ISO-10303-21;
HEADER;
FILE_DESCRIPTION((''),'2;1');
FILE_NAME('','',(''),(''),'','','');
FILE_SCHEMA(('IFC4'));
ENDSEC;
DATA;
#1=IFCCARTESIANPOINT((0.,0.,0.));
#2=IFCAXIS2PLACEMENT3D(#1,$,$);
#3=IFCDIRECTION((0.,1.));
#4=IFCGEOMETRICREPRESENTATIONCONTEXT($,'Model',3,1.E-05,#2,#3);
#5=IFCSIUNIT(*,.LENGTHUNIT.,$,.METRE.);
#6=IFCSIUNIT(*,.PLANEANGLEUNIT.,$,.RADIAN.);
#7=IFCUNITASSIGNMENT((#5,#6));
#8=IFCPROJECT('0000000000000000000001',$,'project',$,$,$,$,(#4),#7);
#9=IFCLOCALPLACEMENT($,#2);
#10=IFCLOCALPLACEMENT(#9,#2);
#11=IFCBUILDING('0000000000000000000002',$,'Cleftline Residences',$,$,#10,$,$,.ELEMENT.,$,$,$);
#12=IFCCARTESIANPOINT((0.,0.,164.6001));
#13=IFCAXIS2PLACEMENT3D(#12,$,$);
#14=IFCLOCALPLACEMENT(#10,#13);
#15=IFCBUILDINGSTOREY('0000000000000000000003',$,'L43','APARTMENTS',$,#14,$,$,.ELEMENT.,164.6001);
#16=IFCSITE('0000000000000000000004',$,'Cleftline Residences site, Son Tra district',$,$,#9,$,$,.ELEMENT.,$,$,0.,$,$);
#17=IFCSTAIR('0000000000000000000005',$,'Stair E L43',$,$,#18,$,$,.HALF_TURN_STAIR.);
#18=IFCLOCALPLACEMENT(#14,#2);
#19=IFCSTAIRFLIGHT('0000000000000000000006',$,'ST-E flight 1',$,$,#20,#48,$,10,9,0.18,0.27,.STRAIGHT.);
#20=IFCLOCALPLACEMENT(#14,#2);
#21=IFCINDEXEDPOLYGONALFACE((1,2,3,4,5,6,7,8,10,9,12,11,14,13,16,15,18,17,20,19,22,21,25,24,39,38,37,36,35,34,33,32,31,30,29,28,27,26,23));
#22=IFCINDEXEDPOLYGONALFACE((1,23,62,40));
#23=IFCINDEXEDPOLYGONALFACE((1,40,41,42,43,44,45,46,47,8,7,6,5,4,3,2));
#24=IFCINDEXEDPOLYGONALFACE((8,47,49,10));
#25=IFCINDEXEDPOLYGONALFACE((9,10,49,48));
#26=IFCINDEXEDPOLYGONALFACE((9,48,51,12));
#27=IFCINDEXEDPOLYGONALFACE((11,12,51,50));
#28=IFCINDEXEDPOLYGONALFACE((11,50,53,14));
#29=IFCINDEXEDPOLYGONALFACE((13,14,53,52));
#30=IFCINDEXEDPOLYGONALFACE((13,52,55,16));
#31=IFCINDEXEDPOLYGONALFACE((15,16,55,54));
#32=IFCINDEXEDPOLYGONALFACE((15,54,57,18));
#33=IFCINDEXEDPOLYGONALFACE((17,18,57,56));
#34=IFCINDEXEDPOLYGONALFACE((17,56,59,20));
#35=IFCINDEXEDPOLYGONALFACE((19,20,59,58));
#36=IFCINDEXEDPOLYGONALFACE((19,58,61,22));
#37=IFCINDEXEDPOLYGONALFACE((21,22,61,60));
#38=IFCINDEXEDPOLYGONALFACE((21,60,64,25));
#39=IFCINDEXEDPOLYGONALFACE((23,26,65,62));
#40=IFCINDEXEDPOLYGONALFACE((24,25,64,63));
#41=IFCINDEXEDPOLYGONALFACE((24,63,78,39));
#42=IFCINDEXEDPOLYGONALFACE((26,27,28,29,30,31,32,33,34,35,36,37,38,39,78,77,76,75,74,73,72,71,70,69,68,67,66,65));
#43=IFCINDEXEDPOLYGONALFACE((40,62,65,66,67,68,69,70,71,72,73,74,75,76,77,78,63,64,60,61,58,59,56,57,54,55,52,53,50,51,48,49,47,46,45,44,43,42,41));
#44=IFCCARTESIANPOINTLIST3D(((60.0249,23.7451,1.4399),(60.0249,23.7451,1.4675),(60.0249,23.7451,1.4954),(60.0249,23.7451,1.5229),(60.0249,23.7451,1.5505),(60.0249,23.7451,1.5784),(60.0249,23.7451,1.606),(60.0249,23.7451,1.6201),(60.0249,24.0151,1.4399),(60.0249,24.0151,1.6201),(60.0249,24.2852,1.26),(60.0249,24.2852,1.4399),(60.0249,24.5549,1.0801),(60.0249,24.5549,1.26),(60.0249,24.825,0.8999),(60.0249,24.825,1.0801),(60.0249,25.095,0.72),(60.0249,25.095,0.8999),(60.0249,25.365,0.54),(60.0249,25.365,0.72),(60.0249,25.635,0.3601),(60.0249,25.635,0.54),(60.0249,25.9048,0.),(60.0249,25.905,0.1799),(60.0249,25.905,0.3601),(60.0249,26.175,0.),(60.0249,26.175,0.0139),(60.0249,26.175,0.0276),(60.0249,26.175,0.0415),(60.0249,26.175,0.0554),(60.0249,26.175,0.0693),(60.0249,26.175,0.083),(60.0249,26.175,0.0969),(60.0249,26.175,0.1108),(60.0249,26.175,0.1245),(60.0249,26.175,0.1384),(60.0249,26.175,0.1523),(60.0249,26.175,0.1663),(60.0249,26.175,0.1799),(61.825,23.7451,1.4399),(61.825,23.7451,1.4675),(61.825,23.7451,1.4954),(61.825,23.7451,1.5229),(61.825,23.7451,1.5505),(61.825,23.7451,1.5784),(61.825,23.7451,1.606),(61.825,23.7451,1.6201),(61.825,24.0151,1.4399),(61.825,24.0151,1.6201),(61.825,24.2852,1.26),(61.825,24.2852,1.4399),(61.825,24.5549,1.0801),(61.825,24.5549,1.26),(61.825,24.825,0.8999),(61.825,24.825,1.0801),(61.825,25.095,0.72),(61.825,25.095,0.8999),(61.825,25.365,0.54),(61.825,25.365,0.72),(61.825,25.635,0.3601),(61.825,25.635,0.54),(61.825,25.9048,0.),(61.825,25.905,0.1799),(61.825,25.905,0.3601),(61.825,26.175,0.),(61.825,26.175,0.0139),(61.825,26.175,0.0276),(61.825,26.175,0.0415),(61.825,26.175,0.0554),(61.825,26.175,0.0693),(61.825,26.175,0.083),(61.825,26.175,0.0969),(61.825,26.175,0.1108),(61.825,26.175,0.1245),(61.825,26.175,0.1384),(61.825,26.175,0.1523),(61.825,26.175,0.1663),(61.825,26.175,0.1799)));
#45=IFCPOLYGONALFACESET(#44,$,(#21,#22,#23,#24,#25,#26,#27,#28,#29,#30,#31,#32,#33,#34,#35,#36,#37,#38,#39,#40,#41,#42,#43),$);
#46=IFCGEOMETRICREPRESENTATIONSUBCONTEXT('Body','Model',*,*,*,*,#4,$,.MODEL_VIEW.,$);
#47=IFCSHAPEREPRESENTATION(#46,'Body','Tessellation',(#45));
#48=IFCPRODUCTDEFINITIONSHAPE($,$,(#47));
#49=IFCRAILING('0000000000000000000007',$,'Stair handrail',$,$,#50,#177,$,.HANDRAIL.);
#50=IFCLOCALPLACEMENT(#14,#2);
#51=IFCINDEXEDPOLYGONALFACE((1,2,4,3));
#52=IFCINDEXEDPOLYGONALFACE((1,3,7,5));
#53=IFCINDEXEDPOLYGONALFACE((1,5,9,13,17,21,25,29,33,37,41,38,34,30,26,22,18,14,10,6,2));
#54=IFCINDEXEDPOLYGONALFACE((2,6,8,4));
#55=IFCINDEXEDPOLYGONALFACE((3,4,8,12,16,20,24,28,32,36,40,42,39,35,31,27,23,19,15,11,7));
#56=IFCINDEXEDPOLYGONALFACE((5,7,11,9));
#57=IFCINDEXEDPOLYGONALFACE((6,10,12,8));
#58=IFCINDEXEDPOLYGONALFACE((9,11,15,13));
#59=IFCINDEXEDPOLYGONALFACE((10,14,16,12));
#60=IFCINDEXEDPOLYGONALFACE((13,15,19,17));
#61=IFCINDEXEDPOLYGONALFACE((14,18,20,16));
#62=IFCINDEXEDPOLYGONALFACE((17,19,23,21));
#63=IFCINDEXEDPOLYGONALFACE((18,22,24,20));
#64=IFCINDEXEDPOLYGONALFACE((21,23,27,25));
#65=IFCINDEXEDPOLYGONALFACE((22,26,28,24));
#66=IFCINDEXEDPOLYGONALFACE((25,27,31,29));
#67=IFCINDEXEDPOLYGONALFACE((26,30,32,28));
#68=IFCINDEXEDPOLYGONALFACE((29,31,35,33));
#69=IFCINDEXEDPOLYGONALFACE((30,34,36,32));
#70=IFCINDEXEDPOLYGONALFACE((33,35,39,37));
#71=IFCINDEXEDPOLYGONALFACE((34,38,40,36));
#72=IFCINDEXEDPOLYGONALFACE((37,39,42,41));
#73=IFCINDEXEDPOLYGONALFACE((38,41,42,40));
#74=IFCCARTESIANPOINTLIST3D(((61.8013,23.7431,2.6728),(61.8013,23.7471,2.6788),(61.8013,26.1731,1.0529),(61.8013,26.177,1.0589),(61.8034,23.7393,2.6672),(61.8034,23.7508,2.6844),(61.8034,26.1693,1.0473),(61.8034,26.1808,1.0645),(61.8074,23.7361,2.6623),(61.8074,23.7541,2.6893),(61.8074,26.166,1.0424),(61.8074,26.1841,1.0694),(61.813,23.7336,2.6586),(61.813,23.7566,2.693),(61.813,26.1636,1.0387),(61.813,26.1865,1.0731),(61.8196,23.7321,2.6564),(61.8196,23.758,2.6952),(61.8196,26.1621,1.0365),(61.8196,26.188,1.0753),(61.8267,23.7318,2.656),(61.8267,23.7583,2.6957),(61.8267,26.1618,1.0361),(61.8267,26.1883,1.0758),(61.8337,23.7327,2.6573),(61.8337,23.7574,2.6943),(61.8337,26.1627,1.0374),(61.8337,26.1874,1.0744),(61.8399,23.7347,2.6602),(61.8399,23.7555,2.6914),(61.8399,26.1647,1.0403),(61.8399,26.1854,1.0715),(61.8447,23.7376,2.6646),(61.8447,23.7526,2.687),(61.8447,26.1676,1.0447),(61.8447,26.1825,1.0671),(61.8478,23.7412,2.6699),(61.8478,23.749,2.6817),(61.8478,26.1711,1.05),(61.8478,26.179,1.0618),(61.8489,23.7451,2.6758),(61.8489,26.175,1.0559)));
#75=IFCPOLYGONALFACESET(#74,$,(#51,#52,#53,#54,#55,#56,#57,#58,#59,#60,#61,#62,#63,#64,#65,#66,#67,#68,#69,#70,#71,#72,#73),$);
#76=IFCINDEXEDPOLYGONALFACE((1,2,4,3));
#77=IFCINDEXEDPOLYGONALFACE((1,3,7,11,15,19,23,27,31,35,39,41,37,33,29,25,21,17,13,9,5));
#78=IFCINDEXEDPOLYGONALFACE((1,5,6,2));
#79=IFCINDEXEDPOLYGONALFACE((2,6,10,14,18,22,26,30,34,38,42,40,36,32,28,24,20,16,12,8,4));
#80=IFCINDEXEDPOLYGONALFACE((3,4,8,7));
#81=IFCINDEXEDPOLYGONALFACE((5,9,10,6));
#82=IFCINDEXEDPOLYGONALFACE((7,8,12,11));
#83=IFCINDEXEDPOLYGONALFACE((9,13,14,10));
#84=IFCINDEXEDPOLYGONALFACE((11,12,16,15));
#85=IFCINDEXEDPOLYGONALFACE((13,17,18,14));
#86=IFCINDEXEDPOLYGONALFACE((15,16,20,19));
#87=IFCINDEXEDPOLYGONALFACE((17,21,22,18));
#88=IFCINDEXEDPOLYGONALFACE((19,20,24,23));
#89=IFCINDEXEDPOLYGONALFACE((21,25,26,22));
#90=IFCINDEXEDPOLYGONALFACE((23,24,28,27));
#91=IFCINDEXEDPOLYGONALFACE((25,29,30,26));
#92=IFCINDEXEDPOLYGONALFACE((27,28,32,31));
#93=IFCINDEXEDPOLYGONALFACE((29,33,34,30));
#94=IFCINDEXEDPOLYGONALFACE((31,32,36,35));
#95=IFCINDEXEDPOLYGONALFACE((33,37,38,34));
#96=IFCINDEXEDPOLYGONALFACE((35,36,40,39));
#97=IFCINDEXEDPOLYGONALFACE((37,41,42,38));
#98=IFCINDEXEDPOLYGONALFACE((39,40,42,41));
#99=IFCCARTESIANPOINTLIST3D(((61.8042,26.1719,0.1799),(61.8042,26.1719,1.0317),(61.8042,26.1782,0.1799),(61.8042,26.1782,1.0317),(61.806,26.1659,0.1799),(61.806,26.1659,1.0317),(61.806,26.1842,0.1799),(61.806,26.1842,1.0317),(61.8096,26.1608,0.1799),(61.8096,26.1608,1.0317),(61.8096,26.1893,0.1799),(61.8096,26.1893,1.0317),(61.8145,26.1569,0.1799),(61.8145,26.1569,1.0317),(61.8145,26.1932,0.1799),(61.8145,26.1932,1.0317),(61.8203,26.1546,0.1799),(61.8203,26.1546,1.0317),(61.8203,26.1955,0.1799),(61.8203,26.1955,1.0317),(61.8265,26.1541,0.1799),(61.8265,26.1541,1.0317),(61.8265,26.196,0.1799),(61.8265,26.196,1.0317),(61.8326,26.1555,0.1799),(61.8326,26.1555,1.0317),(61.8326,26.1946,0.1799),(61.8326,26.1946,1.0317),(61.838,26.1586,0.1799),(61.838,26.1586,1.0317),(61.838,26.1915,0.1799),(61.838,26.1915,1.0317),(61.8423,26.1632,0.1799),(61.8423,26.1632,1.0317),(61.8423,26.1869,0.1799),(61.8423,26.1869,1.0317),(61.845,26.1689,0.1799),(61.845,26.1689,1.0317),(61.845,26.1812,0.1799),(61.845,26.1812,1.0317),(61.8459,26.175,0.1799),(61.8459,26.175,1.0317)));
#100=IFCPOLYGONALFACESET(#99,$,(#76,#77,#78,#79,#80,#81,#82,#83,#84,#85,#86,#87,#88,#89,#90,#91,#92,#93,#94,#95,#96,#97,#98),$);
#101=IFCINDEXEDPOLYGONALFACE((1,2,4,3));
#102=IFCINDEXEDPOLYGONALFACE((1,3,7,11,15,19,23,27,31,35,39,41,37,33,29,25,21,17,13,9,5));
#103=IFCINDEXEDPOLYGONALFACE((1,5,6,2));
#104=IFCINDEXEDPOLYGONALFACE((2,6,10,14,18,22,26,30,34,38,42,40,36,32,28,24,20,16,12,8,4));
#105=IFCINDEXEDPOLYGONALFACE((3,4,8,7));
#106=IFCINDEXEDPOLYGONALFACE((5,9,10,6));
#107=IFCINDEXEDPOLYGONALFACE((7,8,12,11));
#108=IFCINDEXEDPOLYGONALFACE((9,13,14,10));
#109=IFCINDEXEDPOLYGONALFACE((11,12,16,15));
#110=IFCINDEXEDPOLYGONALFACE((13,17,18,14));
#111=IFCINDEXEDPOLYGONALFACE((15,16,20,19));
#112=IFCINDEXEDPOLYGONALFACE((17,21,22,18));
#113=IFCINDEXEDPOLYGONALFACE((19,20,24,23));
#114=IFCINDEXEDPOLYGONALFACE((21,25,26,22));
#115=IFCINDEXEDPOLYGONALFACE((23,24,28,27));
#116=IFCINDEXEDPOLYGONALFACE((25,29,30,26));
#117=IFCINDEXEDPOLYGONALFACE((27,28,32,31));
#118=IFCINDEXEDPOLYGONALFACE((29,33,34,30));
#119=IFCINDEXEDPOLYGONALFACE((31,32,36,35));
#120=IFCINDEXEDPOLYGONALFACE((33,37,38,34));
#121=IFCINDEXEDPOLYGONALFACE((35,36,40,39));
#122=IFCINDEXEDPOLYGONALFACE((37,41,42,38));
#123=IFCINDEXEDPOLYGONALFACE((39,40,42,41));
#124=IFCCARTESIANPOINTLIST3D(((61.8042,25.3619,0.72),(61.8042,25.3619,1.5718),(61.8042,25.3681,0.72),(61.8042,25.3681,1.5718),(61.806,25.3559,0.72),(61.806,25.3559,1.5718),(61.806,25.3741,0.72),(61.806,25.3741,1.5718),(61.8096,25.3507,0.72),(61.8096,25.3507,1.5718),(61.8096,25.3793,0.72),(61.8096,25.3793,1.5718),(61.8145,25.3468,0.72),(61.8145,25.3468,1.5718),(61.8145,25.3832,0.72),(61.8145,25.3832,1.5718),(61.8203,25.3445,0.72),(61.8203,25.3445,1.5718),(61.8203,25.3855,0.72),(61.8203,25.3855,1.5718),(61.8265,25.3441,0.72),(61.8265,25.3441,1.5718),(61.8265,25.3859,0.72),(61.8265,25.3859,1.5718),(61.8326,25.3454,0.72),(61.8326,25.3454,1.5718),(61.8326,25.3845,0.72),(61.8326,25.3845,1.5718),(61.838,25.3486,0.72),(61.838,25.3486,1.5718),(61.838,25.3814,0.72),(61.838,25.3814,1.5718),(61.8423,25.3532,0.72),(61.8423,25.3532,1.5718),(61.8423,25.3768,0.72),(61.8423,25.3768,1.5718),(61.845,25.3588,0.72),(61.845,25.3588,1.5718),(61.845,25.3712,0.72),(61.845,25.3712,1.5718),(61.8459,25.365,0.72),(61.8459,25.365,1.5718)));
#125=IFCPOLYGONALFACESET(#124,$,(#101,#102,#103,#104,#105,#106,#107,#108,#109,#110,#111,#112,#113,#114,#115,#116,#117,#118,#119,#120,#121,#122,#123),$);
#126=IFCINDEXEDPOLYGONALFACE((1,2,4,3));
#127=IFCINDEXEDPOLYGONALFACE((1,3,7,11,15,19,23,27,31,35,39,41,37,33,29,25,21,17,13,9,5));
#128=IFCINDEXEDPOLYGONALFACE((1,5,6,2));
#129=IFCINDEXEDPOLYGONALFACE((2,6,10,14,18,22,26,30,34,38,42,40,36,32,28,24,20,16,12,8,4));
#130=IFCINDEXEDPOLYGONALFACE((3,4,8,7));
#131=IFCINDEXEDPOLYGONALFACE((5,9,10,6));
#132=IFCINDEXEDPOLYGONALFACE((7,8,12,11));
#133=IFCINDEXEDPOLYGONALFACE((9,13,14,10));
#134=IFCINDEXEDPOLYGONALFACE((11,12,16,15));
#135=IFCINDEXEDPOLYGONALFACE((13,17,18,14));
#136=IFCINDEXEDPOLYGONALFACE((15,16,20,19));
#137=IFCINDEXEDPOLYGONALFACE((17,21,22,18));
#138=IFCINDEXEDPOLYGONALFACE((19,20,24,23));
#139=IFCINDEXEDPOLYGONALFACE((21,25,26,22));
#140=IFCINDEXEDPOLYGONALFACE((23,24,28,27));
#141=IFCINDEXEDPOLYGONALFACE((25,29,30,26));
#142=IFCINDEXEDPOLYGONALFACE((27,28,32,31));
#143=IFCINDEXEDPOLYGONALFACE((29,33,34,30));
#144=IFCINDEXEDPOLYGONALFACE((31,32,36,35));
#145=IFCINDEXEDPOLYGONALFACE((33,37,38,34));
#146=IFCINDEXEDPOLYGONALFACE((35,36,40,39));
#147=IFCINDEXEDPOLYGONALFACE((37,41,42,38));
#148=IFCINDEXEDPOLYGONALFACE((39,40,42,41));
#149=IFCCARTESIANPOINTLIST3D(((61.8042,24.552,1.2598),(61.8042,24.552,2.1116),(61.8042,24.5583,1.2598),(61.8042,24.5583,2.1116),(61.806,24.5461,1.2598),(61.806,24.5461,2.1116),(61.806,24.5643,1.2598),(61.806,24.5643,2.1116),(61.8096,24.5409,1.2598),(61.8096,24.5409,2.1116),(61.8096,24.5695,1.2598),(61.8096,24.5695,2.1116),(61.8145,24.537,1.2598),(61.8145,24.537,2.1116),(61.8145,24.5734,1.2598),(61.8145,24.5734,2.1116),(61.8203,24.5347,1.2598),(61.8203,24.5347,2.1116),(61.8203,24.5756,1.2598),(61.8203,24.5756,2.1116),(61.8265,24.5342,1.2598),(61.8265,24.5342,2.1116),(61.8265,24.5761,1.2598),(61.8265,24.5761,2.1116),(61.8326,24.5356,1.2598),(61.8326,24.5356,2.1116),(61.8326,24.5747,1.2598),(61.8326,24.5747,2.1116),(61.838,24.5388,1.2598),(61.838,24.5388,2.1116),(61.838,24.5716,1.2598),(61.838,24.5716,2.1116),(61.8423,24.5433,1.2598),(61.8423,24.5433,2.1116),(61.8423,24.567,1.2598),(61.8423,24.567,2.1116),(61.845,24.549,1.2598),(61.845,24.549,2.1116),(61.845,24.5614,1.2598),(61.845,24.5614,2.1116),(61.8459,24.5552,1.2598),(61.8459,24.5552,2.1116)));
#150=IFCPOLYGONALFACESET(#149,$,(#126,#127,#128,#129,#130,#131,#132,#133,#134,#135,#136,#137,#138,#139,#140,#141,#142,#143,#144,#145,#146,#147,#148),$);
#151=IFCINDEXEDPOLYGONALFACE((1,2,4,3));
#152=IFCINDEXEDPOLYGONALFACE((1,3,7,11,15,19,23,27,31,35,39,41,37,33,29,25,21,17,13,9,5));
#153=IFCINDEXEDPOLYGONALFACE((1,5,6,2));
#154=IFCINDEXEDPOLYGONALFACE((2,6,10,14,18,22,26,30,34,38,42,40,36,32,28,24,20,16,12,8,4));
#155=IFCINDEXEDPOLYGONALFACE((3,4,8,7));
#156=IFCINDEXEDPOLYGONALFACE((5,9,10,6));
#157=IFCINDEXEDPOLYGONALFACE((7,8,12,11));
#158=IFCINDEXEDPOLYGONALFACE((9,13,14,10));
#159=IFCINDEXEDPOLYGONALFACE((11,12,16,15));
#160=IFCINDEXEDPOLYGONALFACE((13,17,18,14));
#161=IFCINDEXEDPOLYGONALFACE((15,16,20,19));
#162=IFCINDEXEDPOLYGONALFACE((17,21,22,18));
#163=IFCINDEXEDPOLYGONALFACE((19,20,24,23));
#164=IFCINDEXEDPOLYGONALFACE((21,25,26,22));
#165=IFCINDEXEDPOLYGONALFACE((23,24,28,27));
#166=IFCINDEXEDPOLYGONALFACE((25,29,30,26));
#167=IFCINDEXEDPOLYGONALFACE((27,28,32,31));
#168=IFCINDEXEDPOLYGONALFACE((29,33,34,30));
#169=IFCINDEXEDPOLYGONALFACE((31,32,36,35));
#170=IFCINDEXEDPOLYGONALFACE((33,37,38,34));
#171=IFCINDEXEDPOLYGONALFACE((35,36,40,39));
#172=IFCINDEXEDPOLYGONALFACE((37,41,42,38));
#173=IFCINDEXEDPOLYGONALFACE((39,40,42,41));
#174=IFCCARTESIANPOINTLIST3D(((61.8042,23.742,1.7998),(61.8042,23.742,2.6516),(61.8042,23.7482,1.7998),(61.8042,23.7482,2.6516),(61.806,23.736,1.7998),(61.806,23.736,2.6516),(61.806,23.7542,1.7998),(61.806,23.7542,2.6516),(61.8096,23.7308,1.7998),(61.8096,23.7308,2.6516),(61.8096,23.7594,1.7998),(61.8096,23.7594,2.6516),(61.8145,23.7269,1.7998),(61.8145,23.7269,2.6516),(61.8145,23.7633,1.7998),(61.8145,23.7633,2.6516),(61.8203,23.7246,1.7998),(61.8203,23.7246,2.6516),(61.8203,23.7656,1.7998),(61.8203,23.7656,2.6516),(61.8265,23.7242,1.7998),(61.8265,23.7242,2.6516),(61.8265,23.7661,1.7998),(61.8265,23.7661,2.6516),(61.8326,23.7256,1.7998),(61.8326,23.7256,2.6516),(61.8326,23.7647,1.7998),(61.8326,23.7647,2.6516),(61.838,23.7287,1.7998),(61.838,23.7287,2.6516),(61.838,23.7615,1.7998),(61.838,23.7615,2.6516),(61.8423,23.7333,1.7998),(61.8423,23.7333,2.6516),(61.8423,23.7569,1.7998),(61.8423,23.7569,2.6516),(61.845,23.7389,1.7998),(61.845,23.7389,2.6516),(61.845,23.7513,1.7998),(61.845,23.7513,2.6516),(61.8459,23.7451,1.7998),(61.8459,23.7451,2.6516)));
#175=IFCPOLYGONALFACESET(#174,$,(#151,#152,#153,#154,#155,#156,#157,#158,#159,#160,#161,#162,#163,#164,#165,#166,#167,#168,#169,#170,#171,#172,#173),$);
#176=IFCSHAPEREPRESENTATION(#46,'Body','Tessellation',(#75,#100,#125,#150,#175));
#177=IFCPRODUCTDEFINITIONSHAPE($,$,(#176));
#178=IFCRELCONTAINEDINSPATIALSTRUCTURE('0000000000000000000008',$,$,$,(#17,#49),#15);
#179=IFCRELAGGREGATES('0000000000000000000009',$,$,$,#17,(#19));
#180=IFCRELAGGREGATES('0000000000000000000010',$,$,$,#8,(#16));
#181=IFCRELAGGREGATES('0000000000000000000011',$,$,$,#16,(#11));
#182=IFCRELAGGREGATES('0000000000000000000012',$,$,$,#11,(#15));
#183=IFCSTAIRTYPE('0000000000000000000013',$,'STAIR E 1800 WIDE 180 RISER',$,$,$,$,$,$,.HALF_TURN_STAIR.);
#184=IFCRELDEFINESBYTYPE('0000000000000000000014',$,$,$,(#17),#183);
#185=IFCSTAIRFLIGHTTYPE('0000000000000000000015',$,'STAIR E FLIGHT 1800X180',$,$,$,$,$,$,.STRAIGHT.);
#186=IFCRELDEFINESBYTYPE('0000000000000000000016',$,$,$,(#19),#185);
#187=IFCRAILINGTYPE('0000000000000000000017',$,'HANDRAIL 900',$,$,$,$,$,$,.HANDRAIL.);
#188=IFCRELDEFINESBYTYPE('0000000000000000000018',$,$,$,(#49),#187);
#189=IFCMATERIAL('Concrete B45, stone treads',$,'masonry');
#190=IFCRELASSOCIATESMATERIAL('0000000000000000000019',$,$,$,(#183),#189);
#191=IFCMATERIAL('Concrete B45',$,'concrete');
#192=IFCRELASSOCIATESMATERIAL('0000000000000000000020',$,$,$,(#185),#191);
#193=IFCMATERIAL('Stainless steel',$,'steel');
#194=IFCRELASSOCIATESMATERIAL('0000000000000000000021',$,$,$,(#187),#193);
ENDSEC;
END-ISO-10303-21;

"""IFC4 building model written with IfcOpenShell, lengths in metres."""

from ifc_helpers import new_model, si_unit, direction, frame, origin, origin_2d, place, context, subcontext, project, spatial, polyline, circle, outline, extrude, material, type_object, element, aggregate, save


model = new_model("IFC4")

# Units and contexts
model_context = context("Model", 3, precision=1e-05, world=origin(), true_north=direction((0.0, 1.0)))
body_context = subcontext(model_context, "Body", "Model", "MODEL_VIEW")
ifc_project = project(units=[si_unit("LENGTHUNIT", "METRE"), si_unit("PLANEANGLEUNIT", "RADIAN")], contexts=[model_context])

# Site, building, storey
site_placement = place(None, origin())
site = spatial("IfcSite", under=ifc_project, at=site_placement, Name="Cleftline Residences site, Son Tra district", CompositionType="ELEMENT", RefElevation=0.0)
building_placement = place(site_placement, origin())
building = spatial("IfcBuilding", under=site, at=building_placement, Name="Cleftline Residences", CompositionType="ELEMENT")
storey_placement = place(building_placement, frame((0.0, 0.0, 164.6001)))
storey = spatial("IfcBuildingStorey", under=building, at=storey_placement, Name="L43", Description="APARTMENTS", CompositionType="ELEMENT", Elevation=164.6001)

# Stair, stair flight
ifc_material_1 = material(Name="Concrete B45, stone treads", Category="masonry")
stair_type = type_object("IfcStairType", Name="STAIR E 1800 WIDE 180 RISER", PredefinedType="HALF_TURN_STAIR", material=ifc_material_1)
stair_placement = place(storey_placement, origin())
stair = element("IfcStair", 1, at=stair_placement, inside=storey, type_object=stair_type, Name="Stair E L43", PredefinedType="HALF_TURN_STAIR")
ifc_material_2 = material(Name="Concrete B45", Category="concrete")
stair_flight_type = type_object("IfcStairFlightType", Name="STAIR E FLIGHT 1800X180", PredefinedType="STRAIGHT", material=ifc_material_2)
stair_flight_placement = place(storey_placement, frame((60.925, 26.175, 0.0), z_axis=(0.0, 0.0, 1.0), x_axis=(0.0, -1.0, 0.0)))
stair_flight = element("IfcStairFlight", 2, at=stair_flight_placement, type_object=stair_flight_type, Name="ST-E flight 1", NumberOfRisers=10, NumberOfTreads=9, PredefinedType="STRAIGHT", RiserHeight=0.18, TreadLength=0.27, context=body_context, shape_type="SweptSolid", body=[
    extrude(outline(polyline([(0.0, 0.0), (0.0, 0.0139), (0.0, 0.0276), (0.0, 0.0415), (0.0, 0.0554), (0.0, 0.0693), (0.0, 0.083), (0.0, 0.0969), (0.0, 0.1108), (0.0, 0.1245), (0.0, 0.1384), (0.0, 0.1523), (0.0, 0.1663), (0.0, 0.1799), (0.27, 0.1799), (0.27, 0.3601), (0.54, 0.3601), (0.54, 0.54), (0.8101, 0.54), (0.8101, 0.72), (1.0801, 0.72), (1.0801, 0.8999), (1.3501, 0.8999), (1.3501, 1.0801), (1.6201, 1.0801), (1.6201, 1.26), (1.8899, 1.26), (1.8899, 1.4399), (2.1599, 1.4399), (2.1599, 1.6201), (2.4299, 1.6201), (2.4299, 1.8), (2.4299, 1.7722), (2.4299, 1.7446), (2.4299, 1.7168), (2.4299, 1.6892), (2.4299, 1.6614), (2.4299, 1.6338), (2.4299, 1.606), (2.4299, 1.5784), (2.4299, 1.5505), (2.4299, 1.5229), (2.4299, 1.4954), (2.4299, 1.4675), (2.4299, 1.4399), (0.2703, 0.0), (0.0, 0.0)])), frame((0.0, 0.8999, 0.0), z_axis=(0.0, -1.0, 0.0), x_axis=(1.0, 0.0, 0.0)), (0.0, 0.0, 1.0), 1.8),
])
aggregate(stair, [stair_flight])

# Railing
ifc_material_3 = material(Name="Stainless steel", Category="steel")
railing_type = type_object("IfcRailingType", Name="HANDRAIL 900", PredefinedType="HANDRAIL", material=ifc_material_3)
railing_placement = place(storey_placement, frame((61.825, 26.175, 0.1799)))
element("IfcRailing", 3, at=railing_placement, inside=storey, type_object=railing_type, Name="Stair handrail", PredefinedType="HANDRAIL", context=body_context, shape_type="SweptSolid", body=[
    extrude(circle(Radius=0.0239, at=origin_2d()), frame((0.0, 0.0, 0.876), z_axis=(0.0, -0.832063, 0.554681), x_axis=(1.0, 0.0, 0.0)), (0.0, 0.0, 1.0), 2.9204),
    extrude(circle(Radius=0.021, at=origin_2d()), origin(), (0.0, 0.0, 1.0), 0.8518),
    extrude(circle(Radius=0.021, at=origin_2d()), frame((0.0, -0.8101, 0.54)), (0.0, 0.0, 1.0), 0.8518),
    extrude(circle(Radius=0.021, at=origin_2d()), frame((0.0, -1.6199, 1.0798)), (0.0, 0.0, 1.0), 0.8518),
    extrude(circle(Radius=0.021, at=origin_2d()), frame((0.0, -2.4299, 1.6199)), (0.0, 0.0, 1.0), 0.8518),
])

save(model, "model.ifc")
